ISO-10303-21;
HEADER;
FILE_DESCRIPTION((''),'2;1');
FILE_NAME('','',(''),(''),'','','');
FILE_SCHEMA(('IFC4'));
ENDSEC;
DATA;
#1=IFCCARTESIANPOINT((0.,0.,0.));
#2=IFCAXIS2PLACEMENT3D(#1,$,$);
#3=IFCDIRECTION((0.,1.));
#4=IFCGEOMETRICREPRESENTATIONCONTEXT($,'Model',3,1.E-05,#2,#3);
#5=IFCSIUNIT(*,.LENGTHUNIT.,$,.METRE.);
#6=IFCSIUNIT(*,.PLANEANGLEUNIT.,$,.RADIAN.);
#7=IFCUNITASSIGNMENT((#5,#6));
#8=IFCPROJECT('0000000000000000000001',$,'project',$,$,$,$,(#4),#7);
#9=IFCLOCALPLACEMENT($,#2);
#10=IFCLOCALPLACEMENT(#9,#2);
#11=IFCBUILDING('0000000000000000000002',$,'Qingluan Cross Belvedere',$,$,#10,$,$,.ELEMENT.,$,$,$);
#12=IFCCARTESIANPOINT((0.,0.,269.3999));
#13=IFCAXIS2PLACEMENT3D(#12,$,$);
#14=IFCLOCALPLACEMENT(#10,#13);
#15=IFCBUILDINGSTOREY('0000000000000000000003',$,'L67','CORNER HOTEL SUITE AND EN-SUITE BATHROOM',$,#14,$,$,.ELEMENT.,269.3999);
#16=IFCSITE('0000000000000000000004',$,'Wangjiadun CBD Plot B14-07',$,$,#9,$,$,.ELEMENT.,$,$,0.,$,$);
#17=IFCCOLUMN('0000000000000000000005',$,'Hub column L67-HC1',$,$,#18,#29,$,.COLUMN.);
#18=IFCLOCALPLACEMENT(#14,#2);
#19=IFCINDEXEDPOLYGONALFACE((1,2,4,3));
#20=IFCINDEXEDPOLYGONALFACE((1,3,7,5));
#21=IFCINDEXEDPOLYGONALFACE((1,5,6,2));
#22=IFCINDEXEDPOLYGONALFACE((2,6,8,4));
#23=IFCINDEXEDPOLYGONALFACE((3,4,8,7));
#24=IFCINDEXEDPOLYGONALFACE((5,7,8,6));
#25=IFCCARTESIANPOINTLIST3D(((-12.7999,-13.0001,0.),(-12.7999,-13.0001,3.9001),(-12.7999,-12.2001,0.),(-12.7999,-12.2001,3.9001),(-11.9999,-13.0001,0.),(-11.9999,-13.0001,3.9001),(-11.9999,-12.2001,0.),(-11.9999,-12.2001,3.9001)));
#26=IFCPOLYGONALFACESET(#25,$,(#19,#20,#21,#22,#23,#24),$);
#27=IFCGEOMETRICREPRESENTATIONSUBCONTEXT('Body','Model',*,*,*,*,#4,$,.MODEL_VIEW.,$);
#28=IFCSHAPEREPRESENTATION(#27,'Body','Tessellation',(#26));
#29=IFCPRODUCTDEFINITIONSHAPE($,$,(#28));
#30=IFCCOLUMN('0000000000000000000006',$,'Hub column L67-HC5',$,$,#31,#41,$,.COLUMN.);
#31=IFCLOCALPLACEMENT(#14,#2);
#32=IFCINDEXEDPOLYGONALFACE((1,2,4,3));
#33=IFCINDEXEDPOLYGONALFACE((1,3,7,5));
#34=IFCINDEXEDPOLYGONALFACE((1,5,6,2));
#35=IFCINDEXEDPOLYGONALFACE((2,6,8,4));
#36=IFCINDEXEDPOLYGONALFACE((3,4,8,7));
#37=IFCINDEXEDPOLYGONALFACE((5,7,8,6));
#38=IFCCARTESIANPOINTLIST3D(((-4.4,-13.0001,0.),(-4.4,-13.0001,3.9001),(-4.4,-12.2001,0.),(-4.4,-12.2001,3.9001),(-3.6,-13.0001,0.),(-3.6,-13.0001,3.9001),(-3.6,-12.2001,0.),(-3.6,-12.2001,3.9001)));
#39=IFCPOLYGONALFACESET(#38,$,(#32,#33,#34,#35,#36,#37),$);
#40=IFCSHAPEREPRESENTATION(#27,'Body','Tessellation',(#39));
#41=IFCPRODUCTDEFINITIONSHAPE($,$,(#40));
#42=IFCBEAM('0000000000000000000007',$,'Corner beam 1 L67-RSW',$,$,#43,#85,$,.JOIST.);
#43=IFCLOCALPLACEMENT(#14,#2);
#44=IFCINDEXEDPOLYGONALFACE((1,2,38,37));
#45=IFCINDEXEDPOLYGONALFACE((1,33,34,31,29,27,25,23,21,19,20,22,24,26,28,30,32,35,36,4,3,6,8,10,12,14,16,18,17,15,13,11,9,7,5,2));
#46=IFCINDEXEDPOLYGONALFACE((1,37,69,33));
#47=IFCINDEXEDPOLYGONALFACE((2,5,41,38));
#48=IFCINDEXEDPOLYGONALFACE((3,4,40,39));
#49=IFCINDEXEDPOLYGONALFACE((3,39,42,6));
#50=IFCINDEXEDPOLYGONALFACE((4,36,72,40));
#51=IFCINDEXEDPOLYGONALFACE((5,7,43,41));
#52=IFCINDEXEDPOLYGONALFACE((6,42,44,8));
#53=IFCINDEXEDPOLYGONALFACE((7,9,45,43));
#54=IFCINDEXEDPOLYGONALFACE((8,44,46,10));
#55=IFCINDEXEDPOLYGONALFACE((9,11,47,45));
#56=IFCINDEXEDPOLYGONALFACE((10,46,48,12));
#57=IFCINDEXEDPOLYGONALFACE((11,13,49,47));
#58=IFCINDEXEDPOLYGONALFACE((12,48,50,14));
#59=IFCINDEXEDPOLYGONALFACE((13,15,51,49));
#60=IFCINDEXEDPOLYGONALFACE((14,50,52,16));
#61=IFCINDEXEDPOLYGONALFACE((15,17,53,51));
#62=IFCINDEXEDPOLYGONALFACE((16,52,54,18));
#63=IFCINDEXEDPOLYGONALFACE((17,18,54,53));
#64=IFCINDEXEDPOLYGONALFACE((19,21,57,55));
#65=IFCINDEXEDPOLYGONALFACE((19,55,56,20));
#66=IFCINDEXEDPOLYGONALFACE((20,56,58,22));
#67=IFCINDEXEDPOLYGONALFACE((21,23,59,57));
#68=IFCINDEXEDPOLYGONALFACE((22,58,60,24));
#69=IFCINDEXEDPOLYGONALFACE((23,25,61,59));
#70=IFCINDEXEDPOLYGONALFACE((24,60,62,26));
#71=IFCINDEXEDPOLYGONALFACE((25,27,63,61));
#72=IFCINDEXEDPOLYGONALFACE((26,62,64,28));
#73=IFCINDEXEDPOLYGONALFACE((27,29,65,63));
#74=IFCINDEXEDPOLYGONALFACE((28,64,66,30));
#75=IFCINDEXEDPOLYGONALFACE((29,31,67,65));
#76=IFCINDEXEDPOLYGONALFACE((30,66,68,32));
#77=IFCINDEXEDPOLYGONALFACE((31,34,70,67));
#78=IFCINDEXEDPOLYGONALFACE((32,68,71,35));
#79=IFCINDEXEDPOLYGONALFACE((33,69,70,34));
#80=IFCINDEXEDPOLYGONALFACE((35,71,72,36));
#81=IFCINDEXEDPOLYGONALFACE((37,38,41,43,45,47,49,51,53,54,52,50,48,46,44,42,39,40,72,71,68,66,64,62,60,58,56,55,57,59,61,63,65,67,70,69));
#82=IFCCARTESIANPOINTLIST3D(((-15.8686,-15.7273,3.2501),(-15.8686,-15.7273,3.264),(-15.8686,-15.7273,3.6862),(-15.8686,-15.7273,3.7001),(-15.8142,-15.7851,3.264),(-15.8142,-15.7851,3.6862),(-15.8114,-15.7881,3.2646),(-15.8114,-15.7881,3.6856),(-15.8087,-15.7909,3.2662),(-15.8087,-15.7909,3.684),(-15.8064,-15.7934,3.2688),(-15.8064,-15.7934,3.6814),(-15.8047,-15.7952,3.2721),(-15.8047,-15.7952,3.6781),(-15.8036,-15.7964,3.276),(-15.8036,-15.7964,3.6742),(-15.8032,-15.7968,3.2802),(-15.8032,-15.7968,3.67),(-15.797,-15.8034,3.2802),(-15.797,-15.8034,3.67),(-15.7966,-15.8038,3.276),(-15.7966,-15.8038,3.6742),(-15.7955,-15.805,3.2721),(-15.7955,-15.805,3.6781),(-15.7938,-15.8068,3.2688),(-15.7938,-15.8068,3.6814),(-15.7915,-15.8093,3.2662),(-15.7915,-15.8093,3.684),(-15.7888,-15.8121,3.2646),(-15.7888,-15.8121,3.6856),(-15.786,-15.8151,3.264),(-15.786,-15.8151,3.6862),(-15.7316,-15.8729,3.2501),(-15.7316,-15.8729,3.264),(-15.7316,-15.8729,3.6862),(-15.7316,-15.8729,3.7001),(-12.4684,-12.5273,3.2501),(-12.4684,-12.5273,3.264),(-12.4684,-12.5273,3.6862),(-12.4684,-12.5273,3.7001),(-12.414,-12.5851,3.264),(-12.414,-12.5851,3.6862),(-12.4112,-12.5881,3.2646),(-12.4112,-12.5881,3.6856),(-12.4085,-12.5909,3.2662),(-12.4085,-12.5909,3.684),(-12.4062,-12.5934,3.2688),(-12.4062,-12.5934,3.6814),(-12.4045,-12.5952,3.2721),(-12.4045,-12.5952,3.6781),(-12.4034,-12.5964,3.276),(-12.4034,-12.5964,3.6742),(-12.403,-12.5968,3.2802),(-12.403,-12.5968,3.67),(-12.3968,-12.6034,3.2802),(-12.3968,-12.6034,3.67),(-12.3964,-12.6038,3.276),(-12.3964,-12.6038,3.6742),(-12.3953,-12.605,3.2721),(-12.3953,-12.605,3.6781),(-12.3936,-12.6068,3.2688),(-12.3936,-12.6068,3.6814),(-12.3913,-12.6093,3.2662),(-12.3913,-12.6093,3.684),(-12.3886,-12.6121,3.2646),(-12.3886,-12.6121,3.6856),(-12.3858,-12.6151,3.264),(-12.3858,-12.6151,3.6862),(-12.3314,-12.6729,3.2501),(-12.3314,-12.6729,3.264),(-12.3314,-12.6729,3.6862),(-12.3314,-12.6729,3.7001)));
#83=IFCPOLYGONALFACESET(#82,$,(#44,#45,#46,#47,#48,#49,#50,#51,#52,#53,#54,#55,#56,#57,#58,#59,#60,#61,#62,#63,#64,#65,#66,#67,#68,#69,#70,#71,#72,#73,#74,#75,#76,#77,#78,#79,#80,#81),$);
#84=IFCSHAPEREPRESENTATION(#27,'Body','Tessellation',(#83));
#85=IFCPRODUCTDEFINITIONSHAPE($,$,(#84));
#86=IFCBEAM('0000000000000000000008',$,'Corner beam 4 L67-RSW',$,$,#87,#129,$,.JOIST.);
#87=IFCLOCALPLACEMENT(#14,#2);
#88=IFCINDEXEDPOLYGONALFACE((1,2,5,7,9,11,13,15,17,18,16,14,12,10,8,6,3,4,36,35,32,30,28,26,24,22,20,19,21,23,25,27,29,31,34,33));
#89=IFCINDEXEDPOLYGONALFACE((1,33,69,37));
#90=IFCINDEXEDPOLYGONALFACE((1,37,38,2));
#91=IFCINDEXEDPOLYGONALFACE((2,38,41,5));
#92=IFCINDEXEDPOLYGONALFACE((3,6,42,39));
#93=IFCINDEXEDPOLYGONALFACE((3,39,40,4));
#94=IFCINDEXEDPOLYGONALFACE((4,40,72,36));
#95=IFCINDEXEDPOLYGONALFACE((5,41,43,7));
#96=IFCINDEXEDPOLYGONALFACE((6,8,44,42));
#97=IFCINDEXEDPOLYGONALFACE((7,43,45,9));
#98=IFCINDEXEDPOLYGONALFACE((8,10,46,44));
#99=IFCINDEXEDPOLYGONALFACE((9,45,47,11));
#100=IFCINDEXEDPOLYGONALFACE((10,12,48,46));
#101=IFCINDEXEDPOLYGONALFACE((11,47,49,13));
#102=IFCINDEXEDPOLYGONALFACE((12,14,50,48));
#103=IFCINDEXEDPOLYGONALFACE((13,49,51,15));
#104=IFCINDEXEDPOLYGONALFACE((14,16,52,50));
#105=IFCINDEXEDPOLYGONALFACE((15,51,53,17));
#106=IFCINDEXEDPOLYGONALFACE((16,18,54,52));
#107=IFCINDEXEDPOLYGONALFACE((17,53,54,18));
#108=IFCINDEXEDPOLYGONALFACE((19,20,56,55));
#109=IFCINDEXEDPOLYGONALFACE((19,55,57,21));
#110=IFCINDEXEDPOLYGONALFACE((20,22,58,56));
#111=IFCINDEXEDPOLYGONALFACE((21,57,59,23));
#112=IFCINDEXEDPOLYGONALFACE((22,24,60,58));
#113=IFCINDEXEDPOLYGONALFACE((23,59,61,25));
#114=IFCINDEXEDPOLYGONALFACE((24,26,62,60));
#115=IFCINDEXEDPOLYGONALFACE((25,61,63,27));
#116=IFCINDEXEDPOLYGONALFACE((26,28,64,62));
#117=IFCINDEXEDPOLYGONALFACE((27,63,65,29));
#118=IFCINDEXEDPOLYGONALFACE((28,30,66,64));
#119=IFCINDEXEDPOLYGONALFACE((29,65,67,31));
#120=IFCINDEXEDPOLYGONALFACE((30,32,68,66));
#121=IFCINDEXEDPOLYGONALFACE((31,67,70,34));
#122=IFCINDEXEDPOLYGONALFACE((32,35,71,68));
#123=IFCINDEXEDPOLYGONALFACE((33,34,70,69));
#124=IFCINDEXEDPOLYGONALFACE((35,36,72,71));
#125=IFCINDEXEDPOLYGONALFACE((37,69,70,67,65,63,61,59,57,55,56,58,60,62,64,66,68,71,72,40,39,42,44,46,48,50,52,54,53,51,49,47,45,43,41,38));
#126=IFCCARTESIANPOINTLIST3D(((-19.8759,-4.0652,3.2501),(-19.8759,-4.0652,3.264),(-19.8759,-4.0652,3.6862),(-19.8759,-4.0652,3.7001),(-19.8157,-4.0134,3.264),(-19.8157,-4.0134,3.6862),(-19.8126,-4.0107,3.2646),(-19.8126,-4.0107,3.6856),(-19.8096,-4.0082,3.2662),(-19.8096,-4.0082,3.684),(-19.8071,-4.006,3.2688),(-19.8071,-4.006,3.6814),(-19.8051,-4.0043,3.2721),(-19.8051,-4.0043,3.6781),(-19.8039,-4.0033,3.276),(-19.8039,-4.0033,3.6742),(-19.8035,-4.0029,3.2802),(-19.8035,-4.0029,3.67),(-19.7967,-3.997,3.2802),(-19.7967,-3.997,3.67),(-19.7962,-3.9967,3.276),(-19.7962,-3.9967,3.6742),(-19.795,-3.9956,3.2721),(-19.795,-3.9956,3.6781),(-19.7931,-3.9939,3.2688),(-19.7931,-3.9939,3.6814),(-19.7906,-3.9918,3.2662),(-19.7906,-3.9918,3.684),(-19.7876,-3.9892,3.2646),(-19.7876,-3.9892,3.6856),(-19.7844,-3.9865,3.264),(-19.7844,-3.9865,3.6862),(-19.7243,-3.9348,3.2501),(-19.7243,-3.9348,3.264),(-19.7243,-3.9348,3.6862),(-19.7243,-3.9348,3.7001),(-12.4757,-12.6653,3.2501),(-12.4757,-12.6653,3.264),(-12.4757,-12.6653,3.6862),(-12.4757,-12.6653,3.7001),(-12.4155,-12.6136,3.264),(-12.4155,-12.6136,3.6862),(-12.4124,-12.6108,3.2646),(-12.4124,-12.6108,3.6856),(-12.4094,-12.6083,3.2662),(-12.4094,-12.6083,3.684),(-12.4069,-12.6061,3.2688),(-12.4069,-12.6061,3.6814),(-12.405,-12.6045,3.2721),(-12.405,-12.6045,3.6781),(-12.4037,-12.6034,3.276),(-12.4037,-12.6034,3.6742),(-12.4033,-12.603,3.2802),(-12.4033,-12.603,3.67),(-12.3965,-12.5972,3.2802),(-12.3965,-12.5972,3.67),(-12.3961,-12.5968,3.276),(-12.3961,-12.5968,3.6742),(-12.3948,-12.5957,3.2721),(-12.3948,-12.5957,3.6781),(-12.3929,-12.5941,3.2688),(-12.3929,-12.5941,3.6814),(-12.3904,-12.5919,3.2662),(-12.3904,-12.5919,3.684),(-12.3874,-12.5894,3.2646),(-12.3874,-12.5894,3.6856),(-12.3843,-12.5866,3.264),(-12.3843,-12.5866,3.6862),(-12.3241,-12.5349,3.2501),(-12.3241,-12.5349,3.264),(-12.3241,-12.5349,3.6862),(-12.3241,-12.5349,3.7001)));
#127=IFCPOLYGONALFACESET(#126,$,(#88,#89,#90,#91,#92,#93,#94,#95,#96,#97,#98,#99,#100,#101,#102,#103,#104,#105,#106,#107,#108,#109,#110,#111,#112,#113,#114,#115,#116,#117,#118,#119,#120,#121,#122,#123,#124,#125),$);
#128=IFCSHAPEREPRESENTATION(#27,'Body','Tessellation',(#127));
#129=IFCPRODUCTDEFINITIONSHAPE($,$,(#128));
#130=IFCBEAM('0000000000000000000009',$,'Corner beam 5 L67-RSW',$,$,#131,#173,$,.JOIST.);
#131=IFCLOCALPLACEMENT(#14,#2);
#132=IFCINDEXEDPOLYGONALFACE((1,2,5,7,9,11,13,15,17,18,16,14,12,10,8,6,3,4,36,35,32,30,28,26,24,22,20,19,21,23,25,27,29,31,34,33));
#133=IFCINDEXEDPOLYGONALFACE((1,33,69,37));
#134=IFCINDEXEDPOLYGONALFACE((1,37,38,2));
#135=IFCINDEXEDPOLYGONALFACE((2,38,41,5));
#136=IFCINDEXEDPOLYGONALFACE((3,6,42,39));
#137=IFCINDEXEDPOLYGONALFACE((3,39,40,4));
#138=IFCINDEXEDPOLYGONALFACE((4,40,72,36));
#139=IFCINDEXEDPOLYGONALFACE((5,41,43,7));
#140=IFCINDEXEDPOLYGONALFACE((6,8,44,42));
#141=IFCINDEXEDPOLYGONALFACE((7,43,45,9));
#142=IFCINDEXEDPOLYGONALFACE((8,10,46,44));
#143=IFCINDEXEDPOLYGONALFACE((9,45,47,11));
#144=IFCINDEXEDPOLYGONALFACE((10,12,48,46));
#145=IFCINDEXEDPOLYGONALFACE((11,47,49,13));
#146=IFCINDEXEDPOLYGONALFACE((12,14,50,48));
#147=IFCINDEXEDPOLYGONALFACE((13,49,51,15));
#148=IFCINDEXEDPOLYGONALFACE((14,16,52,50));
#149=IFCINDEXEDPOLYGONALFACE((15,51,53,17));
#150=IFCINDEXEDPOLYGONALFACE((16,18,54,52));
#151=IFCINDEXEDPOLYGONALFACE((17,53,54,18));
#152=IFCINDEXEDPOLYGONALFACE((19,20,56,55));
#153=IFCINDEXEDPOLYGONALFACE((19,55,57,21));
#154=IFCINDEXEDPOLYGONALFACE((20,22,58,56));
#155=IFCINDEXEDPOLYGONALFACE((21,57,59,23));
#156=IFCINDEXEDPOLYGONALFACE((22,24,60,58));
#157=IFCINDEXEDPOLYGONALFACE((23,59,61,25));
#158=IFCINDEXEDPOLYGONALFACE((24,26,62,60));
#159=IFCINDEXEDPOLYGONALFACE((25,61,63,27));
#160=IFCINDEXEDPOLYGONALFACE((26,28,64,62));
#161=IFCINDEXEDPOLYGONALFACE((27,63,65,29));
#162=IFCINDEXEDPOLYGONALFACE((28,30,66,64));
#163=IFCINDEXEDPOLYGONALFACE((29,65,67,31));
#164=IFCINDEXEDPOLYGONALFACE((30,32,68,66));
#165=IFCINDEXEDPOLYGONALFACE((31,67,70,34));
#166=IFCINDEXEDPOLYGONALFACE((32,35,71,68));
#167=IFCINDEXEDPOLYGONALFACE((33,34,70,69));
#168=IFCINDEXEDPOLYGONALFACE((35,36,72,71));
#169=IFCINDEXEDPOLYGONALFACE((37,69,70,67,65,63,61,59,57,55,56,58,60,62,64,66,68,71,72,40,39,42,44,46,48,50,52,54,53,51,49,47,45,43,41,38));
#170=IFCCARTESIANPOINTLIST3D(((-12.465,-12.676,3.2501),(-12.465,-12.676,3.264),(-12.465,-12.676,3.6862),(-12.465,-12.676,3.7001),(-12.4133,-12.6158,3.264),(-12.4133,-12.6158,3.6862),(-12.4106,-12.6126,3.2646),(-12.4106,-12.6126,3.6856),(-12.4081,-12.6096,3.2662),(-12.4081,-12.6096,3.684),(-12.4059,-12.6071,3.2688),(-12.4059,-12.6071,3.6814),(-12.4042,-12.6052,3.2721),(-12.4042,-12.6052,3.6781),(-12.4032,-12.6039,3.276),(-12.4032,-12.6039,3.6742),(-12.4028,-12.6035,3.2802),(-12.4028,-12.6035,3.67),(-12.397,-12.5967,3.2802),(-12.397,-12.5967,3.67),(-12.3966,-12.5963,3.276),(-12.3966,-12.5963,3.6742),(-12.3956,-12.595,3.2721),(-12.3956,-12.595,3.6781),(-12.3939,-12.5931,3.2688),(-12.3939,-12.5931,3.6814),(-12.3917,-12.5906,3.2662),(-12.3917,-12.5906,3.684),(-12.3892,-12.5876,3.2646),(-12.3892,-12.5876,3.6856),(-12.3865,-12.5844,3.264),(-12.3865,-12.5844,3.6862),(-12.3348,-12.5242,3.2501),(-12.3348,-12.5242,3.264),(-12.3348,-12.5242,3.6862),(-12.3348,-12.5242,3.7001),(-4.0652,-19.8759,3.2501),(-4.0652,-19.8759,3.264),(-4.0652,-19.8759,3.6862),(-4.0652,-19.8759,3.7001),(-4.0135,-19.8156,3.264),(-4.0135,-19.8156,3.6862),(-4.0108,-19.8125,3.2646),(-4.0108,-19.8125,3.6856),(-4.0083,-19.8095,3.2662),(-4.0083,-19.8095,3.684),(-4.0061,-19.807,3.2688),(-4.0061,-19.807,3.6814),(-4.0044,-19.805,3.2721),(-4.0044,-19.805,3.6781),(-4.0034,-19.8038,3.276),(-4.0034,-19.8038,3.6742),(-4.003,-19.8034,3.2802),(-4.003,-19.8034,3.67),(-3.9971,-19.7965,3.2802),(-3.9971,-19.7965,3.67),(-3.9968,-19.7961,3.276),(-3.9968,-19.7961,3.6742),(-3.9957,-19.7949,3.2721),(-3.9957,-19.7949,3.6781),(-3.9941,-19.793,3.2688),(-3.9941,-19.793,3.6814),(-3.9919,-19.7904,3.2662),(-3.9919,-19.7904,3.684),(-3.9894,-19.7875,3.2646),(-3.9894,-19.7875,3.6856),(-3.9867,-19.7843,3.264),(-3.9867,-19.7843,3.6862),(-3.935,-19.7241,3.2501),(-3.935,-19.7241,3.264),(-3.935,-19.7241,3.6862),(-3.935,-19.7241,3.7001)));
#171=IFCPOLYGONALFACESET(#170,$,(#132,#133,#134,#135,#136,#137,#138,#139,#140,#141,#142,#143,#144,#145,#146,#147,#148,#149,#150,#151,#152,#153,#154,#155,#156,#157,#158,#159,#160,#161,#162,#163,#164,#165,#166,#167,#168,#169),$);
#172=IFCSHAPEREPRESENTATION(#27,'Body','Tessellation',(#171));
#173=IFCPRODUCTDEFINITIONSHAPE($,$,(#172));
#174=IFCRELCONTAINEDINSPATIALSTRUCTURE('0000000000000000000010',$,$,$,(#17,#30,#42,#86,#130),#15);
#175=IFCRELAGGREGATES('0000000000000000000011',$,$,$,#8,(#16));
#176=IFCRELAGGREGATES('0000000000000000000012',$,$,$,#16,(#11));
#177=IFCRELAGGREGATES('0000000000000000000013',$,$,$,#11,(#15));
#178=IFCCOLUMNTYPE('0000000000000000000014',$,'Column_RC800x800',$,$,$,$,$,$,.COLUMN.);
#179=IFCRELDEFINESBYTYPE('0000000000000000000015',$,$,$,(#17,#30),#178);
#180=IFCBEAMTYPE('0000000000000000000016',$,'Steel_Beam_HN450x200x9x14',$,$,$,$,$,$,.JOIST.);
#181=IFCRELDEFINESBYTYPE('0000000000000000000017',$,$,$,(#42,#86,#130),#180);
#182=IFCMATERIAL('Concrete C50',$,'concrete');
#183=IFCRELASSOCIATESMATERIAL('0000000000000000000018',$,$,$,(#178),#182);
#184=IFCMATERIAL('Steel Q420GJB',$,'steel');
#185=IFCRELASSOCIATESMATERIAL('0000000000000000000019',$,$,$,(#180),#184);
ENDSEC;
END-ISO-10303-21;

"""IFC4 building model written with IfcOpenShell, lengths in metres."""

from ifc_helpers import new_model, si_unit, direction, frame, origin, origin_2d, place, context, subcontext, project, spatial, rectangle, i_section, extrude, material, material_profile, profile_set, type_object, element, save


model = new_model("IFC4")

# Units and contexts
model_context = context("Model", 3, precision=1e-05, world=origin(), true_north=direction((0.0, 1.0)))
body_context = subcontext(model_context, "Body", "Model", "MODEL_VIEW")
ifc_project = project(units=[si_unit("LENGTHUNIT", "METRE"), si_unit("PLANEANGLEUNIT", "RADIAN")], contexts=[model_context])

# Site, building, storey
site_placement = place(None, origin())
site = spatial("IfcSite", under=ifc_project, at=site_placement, Name="Wangjiadun CBD Plot B14-07", CompositionType="ELEMENT", RefElevation=0.0)
building_placement = place(site_placement, origin())
building = spatial("IfcBuilding", under=site, at=building_placement, Name="Qingluan Cross Belvedere", CompositionType="ELEMENT")
storey_placement = place(building_placement, frame((0.0, 0.0, 269.3999)))
storey = spatial("IfcBuildingStorey", under=building, at=storey_placement, Name="L67", Description="CORNER HOTEL SUITE AND EN-SUITE BATHROOM", CompositionType="ELEMENT", Elevation=269.3999)

# Columns
ifc_material_1 = material(Name="Concrete C50", Category="concrete")
ifc_material_profile_1 = material_profile(ifc_material_1, rectangle(XDim=0.8, YDim=0.8, at=origin_2d()), Name="RC800x800")
ifc_profile_set_1 = profile_set([ifc_material_profile_1], Name="Concrete C50")
column_type = type_object("IfcColumnType", Name="Column_RC800x800", PredefinedType="COLUMN", material=ifc_profile_set_1)
for number, where, z_axis, x_axis, name in (
    (1, (-12.3999, -12.6001, 0.0), (0.0, 0.0, 1.0), (1.0, 0.0, 0.0), "Hub column L67-HC1"),
    (2, (-4.0, -12.6001, 0.0), (0.0, 0.0, 1.0), (1.0, 0.0, 0.0), "Hub column L67-HC5"),
):
    element("IfcColumn", number, at=place(storey_placement, frame(where, z_axis=z_axis, x_axis=x_axis)), inside=storey, type_object=column_type, Name=name, PredefinedType="COLUMN", context=body_context, shape_type="SweptSolid", body=[
        extrude(rectangle(XDim=0.8, YDim=0.8, at=origin_2d()), origin(), (0.0, 0.0, 1.0), 3.9001),
    ])

# Beams
ifc_material_2 = material(Name="Steel Q420GJB", Category="steel")
ifc_material_profile_2 = material_profile(ifc_material_2, i_section(OverallWidth=0.2, OverallDepth=0.45, WebThickness=0.009, FlangeThickness=0.0139, FilletRadius=0.0161, at=origin_2d()), Name="HN450x200x9x14")
ifc_profile_set_2 = profile_set([ifc_material_profile_2], Name="Steel Q420GJB")
beam_type_1 = type_object("IfcBeamType", Name="Steel_Beam_HN450x200x9x14", PredefinedType="JOIST", material=ifc_profile_set_2)
beam_1_placement = place(storey_placement, frame((-12.3999, -12.6001, 3.4751), z_axis=(-0.72822, -0.685343, 0.0), x_axis=(0.685343, -0.72822, 0.0)))
element("IfcBeam", 3, at=beam_1_placement, inside=storey, type_object=beam_type_1, Name="Corner beam 1 L67-RSW", PredefinedType="JOIST", context=body_context, shape_type="SweptSolid", body=[
    extrude(i_section(OverallWidth=0.2, OverallDepth=0.45, WebThickness=0.009, FlangeThickness=0.0139, FilletRadius=0.0161, at=origin_2d()), origin(), (0.0, 0.0, 1.0), 4.6692),
])
beam_2_placement = place(storey_placement, frame((-12.3999, -12.6001, 3.4751), z_axis=(-0.652245, 0.758008, 0.0), x_axis=(-0.758008, -0.652245, 0.0)))
element("IfcBeam", 4, at=beam_2_placement, inside=storey, type_object=beam_type_1, Name="Corner beam 4 L67-RSW", PredefinedType="JOIST", context=body_context, shape_type="SweptSolid", body=[
    extrude(i_section(OverallWidth=0.2, OverallDepth=0.45, WebThickness=0.009, FlangeThickness=0.0139, FilletRadius=0.0161, at=origin_2d()), origin(), (0.0, 0.0, 1.0), 11.3457),
])
beam_3_placement = place(storey_placement, frame((-12.3999, -12.6001, 3.4751), z_axis=(0.759255, -0.650793, 0.0), x_axis=(0.650793, 0.759255, 0.0)))
element("IfcBeam", 5, at=beam_3_placement, inside=storey, type_object=beam_type_1, Name="Corner beam 5 L67-RSW", PredefinedType="JOIST", context=body_context, shape_type="SweptSolid", body=[
    extrude(i_section(OverallWidth=0.2, OverallDepth=0.45, WebThickness=0.009, FlangeThickness=0.0139, FilletRadius=0.0161, at=origin_2d()), origin(), (0.0, 0.0, 1.0), 11.0632),
])

save(model, "model.ifc")
